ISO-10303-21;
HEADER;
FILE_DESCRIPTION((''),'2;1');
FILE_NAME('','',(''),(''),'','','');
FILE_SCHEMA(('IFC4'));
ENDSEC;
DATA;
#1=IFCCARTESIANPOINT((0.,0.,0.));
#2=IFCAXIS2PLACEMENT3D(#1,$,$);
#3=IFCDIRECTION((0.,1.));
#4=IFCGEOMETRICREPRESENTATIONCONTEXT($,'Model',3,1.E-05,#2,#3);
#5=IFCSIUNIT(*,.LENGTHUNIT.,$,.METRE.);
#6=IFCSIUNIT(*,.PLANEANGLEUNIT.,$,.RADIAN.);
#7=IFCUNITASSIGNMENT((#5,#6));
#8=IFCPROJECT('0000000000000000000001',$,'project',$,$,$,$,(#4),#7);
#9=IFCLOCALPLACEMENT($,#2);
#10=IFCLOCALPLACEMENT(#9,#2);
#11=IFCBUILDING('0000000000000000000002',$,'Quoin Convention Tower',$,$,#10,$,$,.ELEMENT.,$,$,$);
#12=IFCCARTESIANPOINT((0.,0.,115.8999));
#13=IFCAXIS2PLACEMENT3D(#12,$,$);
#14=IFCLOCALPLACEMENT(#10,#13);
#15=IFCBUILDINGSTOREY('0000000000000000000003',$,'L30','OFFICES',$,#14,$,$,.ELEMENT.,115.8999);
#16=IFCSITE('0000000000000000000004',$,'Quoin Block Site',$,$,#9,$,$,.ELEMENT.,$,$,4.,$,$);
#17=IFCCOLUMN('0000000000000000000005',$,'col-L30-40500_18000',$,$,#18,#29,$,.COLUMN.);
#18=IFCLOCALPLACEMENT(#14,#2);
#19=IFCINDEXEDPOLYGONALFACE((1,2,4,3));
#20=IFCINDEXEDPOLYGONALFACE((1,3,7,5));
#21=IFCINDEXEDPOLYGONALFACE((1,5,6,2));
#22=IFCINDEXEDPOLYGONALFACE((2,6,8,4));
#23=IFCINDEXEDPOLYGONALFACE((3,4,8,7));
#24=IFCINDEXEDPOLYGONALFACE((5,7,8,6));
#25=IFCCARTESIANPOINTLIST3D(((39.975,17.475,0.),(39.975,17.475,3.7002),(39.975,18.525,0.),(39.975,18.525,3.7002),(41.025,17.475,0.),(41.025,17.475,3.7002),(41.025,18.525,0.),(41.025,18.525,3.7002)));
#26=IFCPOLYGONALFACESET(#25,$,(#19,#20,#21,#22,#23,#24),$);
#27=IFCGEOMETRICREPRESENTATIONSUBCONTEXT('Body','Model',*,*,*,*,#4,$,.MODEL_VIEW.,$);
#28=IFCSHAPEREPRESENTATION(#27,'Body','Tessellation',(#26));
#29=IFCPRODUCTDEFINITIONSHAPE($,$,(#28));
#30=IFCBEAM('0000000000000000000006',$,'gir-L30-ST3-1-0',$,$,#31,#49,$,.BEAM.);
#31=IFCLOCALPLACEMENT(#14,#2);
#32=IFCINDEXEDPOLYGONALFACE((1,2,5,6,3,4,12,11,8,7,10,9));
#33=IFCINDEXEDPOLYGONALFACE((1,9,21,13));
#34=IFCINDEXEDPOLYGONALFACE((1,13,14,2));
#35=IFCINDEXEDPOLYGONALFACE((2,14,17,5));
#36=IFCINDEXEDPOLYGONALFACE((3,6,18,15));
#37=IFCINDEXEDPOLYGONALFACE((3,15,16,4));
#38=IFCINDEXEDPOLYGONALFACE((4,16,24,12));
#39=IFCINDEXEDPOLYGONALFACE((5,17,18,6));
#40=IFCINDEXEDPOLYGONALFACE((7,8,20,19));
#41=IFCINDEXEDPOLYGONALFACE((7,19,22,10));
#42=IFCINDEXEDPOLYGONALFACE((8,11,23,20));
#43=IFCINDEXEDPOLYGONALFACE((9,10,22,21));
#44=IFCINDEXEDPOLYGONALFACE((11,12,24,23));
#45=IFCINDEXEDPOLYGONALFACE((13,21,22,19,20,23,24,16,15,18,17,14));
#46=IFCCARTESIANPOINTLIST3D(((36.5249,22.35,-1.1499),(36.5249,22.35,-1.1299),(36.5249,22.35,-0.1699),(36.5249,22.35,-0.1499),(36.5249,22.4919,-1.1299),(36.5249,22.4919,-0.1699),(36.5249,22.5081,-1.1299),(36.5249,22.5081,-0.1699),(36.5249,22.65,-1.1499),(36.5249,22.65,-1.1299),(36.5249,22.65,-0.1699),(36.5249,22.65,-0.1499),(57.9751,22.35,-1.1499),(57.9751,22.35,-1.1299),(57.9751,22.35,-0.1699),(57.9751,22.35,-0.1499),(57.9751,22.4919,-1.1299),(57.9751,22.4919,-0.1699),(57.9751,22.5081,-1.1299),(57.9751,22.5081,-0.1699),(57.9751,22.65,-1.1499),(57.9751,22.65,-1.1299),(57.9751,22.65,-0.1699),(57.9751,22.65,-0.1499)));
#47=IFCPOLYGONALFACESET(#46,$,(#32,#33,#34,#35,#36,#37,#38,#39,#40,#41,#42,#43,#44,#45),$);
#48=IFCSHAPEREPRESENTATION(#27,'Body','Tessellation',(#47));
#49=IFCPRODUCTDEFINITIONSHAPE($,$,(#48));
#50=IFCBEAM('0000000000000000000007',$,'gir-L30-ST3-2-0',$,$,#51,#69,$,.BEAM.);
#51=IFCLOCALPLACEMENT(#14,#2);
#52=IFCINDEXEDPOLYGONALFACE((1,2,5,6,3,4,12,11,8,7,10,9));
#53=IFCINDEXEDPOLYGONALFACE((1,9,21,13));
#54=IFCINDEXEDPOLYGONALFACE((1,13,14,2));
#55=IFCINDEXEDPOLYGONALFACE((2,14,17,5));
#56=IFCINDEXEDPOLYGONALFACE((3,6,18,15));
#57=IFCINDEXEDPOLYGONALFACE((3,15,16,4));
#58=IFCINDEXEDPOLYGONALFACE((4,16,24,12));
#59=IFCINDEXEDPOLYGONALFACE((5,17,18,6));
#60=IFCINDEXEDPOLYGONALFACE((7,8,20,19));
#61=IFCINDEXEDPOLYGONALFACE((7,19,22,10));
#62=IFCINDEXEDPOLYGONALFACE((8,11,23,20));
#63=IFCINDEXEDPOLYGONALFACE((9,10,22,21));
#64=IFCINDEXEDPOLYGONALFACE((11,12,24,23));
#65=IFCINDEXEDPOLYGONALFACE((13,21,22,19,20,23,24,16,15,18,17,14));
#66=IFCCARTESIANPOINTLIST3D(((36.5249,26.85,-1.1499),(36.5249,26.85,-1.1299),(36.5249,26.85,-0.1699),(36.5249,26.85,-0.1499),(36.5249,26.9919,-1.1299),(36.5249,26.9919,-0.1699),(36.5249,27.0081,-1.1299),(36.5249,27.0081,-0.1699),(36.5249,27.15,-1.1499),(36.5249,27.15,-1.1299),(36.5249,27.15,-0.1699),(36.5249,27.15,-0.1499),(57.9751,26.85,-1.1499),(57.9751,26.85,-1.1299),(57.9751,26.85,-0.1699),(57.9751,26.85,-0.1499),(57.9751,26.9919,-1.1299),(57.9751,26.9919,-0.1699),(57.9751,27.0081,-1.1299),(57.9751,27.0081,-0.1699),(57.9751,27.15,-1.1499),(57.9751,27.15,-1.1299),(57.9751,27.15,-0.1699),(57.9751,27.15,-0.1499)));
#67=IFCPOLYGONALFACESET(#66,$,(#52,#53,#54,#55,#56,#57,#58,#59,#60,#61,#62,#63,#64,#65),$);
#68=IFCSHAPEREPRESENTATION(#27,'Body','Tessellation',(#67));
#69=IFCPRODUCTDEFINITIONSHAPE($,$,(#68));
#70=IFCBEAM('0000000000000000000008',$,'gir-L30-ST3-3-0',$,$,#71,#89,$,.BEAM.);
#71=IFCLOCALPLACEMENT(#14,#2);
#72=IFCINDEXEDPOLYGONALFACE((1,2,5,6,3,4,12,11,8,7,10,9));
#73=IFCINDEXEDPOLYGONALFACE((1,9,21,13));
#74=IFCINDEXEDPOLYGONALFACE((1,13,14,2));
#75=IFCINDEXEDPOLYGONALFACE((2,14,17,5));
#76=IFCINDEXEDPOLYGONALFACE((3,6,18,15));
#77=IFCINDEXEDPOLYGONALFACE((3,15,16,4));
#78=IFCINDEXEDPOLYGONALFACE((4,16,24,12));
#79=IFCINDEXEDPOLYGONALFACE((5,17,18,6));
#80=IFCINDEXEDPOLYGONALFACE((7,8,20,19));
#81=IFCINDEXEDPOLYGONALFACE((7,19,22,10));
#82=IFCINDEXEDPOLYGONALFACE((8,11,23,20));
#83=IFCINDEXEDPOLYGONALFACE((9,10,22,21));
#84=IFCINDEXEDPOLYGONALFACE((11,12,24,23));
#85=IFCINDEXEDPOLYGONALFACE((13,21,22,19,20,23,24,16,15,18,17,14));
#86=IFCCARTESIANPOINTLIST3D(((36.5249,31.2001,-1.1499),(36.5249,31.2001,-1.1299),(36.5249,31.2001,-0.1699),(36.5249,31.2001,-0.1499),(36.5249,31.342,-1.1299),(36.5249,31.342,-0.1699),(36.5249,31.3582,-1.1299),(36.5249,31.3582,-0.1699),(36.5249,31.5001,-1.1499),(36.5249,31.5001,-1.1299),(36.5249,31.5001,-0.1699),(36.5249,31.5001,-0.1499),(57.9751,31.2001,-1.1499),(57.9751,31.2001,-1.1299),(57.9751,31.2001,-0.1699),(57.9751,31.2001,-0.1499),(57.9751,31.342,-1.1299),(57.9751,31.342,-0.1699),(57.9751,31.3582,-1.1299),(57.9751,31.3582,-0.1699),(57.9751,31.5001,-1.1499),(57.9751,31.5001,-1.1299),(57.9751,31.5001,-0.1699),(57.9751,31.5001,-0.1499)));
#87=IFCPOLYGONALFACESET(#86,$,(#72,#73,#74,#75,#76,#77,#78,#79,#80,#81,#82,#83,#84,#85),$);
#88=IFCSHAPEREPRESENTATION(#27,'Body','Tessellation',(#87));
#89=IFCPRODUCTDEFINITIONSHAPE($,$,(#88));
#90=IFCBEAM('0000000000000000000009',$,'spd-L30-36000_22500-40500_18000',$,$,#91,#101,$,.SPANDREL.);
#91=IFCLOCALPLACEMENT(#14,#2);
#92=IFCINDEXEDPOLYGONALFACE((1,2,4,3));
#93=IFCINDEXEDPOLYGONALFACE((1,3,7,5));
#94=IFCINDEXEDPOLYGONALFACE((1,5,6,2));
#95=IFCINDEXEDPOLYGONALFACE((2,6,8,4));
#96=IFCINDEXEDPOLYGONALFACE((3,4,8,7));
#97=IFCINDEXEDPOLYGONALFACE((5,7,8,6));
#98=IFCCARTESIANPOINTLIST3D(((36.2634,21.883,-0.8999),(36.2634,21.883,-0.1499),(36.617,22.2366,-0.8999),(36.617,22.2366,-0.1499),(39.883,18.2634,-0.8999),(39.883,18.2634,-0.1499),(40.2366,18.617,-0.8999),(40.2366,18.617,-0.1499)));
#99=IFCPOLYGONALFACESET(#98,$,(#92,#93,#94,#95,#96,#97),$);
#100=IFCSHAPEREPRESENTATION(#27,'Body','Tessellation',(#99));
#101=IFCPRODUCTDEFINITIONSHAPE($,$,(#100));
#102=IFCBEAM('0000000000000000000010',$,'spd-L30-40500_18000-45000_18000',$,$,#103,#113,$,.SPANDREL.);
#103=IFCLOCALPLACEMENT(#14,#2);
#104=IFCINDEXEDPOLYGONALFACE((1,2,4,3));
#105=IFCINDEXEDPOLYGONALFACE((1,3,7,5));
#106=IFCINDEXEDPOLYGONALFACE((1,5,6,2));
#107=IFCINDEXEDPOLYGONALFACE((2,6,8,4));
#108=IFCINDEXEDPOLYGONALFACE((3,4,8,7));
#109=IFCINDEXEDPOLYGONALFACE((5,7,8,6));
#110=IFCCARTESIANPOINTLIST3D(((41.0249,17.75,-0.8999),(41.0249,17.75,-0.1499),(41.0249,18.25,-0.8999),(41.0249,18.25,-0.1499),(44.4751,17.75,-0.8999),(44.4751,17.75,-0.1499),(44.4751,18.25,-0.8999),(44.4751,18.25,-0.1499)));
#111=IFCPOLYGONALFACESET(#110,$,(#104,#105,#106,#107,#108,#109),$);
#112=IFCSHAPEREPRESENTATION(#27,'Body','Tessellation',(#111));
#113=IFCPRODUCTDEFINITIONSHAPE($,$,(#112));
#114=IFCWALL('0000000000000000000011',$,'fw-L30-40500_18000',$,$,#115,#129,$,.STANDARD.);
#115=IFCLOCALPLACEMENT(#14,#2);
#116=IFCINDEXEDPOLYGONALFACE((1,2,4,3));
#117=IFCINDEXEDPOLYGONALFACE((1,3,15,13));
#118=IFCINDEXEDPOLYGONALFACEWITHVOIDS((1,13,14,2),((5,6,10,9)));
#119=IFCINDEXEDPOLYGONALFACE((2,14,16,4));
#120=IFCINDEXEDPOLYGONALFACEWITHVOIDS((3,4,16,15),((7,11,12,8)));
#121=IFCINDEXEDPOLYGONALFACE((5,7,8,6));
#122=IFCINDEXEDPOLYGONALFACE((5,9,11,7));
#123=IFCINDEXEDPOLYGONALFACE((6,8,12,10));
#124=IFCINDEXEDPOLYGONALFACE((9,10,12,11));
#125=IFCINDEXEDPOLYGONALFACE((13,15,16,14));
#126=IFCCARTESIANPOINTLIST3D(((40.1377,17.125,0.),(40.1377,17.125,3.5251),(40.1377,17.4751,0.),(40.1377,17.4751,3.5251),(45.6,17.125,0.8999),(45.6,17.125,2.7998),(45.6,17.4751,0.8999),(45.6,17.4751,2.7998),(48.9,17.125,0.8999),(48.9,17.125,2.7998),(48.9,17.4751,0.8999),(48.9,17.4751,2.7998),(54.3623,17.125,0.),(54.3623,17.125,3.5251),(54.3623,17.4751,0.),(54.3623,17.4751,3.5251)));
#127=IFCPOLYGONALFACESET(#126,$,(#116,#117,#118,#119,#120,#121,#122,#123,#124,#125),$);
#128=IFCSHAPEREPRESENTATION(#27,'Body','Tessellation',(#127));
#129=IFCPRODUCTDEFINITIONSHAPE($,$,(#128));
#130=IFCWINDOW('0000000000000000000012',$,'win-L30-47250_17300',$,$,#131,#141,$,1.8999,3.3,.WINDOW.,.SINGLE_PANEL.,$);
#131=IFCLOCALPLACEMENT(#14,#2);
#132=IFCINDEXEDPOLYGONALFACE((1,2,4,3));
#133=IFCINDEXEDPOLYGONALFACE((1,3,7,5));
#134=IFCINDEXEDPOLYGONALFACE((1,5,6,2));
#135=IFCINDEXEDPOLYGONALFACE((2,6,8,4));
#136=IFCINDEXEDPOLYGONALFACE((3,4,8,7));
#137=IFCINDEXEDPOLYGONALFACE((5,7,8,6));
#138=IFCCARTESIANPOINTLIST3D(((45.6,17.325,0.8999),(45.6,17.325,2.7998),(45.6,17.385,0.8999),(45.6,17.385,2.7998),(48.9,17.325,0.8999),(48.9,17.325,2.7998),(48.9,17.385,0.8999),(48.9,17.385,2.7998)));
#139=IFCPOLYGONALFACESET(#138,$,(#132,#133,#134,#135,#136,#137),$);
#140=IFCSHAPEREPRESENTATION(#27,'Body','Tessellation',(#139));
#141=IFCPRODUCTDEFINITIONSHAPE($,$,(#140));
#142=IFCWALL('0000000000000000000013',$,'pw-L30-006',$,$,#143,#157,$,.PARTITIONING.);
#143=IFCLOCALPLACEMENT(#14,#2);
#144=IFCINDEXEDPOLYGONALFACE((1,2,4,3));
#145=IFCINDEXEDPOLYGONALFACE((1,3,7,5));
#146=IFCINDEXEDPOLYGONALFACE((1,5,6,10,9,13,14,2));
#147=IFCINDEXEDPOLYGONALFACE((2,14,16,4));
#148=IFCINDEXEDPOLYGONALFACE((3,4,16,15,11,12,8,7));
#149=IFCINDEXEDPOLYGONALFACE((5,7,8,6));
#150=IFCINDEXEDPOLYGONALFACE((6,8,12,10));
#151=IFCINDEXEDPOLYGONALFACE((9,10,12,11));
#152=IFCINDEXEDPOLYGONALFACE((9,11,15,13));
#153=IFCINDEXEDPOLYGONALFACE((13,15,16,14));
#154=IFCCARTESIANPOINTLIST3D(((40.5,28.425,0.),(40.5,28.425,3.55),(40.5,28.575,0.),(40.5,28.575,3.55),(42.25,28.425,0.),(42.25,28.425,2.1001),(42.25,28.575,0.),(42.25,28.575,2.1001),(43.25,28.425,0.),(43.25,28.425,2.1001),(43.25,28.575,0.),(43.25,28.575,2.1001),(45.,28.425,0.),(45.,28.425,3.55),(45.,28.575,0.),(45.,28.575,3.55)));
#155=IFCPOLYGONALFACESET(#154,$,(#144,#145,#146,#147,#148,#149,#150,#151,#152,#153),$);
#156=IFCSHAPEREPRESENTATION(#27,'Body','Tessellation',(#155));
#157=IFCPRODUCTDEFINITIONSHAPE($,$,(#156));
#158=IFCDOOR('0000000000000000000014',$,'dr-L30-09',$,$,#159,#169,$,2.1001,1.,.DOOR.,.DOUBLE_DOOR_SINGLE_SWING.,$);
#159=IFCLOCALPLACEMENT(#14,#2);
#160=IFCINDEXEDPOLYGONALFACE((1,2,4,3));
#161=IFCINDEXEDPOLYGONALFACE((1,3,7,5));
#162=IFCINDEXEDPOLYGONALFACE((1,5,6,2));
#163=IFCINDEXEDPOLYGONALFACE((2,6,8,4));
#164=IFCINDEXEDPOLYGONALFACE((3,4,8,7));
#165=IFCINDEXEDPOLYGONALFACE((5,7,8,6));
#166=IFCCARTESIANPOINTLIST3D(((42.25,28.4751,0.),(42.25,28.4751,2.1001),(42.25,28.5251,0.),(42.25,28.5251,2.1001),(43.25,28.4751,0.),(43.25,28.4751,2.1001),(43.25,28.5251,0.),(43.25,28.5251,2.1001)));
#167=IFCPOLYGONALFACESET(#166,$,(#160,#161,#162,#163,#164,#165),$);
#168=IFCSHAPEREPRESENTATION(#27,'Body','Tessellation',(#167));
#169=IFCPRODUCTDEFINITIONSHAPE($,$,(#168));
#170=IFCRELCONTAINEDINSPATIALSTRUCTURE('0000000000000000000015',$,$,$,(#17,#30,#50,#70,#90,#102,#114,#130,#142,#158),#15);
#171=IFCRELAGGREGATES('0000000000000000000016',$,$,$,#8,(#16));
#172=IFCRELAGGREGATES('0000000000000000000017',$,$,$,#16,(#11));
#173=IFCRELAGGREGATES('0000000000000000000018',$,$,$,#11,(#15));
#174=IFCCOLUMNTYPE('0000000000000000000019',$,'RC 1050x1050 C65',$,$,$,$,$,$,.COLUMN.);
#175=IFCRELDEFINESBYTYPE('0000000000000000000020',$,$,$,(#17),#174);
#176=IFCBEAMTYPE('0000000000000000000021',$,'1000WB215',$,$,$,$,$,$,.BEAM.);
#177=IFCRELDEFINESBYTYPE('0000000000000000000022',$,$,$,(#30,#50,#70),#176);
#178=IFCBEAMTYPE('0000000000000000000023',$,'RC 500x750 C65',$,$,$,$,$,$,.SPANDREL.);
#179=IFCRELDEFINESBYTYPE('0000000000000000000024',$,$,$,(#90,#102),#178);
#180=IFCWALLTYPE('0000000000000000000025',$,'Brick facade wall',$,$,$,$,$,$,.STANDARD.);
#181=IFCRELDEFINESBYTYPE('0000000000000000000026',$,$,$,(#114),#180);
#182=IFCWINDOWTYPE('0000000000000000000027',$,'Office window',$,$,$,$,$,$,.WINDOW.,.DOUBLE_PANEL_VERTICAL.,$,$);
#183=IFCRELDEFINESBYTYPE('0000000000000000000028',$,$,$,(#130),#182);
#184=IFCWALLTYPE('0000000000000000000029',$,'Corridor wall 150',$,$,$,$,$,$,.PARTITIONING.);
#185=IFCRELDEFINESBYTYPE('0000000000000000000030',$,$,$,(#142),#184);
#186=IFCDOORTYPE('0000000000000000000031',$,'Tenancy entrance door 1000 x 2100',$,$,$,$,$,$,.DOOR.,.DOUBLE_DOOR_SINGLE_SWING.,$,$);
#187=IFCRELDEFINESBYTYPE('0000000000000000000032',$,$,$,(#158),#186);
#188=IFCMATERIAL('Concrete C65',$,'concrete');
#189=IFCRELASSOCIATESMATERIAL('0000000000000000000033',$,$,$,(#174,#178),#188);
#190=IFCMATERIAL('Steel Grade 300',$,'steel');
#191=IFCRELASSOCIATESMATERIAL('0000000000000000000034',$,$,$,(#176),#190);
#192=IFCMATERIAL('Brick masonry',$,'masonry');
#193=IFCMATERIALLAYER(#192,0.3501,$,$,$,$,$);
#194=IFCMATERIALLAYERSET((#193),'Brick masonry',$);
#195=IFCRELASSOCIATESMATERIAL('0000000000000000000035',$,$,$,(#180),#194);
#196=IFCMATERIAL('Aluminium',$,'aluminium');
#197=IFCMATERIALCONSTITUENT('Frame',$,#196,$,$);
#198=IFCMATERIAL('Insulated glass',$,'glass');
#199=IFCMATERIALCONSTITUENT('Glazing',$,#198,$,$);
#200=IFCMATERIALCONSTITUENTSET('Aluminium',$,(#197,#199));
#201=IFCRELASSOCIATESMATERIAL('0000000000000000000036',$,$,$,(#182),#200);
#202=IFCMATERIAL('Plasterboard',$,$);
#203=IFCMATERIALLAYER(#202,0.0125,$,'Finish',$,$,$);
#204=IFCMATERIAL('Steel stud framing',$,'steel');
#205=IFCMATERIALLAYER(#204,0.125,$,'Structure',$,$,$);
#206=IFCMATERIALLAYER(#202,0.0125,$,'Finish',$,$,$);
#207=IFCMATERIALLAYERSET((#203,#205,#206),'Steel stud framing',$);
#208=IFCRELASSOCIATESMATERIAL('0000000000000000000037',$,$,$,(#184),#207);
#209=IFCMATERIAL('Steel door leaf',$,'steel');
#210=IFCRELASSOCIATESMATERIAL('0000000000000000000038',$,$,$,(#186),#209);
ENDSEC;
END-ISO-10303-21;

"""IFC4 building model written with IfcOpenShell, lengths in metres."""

from ifc_helpers import new_model, si_unit, direction, frame, frame_2d, origin, origin_2d, place, context, subcontext, project, spatial, rectangle, i_section, extrude, material, layer, layer_set, constituent, constituent_set, material_profile, profile_set, type_object, element, fill, save


model = new_model("IFC4")

# Units and contexts
model_context = context("Model", 3, precision=1e-05, world=origin(), true_north=direction((0.0, 1.0)))
body_context = subcontext(model_context, "Body", "Model", "MODEL_VIEW")
ifc_project = project(units=[si_unit("LENGTHUNIT", "METRE"), si_unit("PLANEANGLEUNIT", "RADIAN")], contexts=[model_context])

# Site, building, storey
site_placement = place(None, origin())
site = spatial("IfcSite", under=ifc_project, at=site_placement, Name="Quoin Block Site", CompositionType="ELEMENT", RefElevation=4.0)
building_placement = place(site_placement, origin())
building = spatial("IfcBuilding", under=site, at=building_placement, Name="Quoin Convention Tower", CompositionType="ELEMENT")
storey_placement = place(building_placement, frame((0.0, 0.0, 115.8999)))
storey = spatial("IfcBuildingStorey", under=building, at=storey_placement, Name="L30", Description="OFFICES", CompositionType="ELEMENT", Elevation=115.8999)

# Column
ifc_material_1 = material(Name="Concrete C65", Category="concrete")
ifc_material_profile_1 = material_profile(ifc_material_1, rectangle(XDim=1.05, YDim=1.05, at=origin_2d()), Name="RC 1050x1050")
ifc_profile_set_1 = profile_set([ifc_material_profile_1], Name="Concrete C65")
column_type = type_object("IfcColumnType", Name="RC 1050x1050 C65", PredefinedType="COLUMN", material=ifc_profile_set_1)
column_placement = place(storey_placement, frame((40.5, 18.0, 0.0), z_axis=(0.0, 0.0, 1.0), x_axis=(1.0, 0.0, 0.0)))
element("IfcColumn", 1, at=column_placement, inside=storey, type_object=column_type, Name="col-L30-40500_18000", PredefinedType="COLUMN", context=body_context, shape_type="SweptSolid", body=[
    extrude(rectangle(XDim=1.05, YDim=1.05, at=origin_2d()), origin(), (0.0, 0.0, 1.0), 3.7002),
])

# Beams
ifc_material_2 = material(Name="Steel Grade 300", Category="steel")
ifc_material_profile_2 = material_profile(ifc_material_2, i_section(OverallWidth=0.3, OverallDepth=1.0, WebThickness=0.0161, FlangeThickness=0.02, at=origin_2d()), Name="1000WB215")
ifc_profile_set_2 = profile_set([ifc_material_profile_2], Name="Steel Grade 300")
beam_type_1 = type_object("IfcBeamType", Name="1000WB215", PredefinedType="BEAM", material=ifc_profile_set_2)
for number, where, z_axis, x_axis, name in (
    (2, (36.5249, 22.5, -0.6499), (1.0, 0.0, 0.0), (0.0, 1.0, 0.0), "gir-L30-ST3-1-0"),
    (3, (36.5249, 27.0, -0.6499), (1.0, 0.0, 0.0), (0.0, 1.0, 0.0), "gir-L30-ST3-2-0"),
    (4, (36.5249, 31.3501, -0.6499), (1.0, 0.0, 0.0), (0.0, 1.0, 0.0), "gir-L30-ST3-3-0"),
):
    element("IfcBeam", number, at=place(storey_placement, frame(where, z_axis=z_axis, x_axis=x_axis)), inside=storey, type_object=beam_type_1, Name=name, PredefinedType="BEAM", context=body_context, shape_type="SweptSolid", body=[
        extrude(i_section(OverallWidth=0.3, OverallDepth=1.0, WebThickness=0.0161, FlangeThickness=0.02, at=origin_2d()), origin(), (0.0, 0.0, 1.0), 21.4502),
    ])
ifc_material_profile_3 = material_profile(ifc_material_1, rectangle(XDim=0.5, YDim=0.75, at=origin_2d()), Name="RC 500x750")
ifc_profile_set_3 = profile_set([ifc_material_profile_3], Name="Concrete C65")
beam_type_2 = type_object("IfcBeamType", Name="RC 500x750 C65", PredefinedType="SPANDREL", material=ifc_profile_set_3)
beam_1_placement = place(storey_placement, frame((36.4402, 22.0598, -0.5249), z_axis=(0.707107, -0.707107, 0.0), x_axis=(0.707107, 0.707107, 0.0)))
element("IfcBeam", 5, at=beam_1_placement, inside=storey, type_object=beam_type_2, Name="spd-L30-36000_22500-40500_18000", PredefinedType="SPANDREL", context=body_context, shape_type="SweptSolid", body=[
    extrude(rectangle(XDim=0.5, YDim=0.75, at=origin_2d()), origin(), (0.0, 0.0, 1.0), 5.1189),
])
beam_2_placement = place(storey_placement, frame((41.0249, 18.0, -0.5249), z_axis=(1.0, 0.0, 0.0), x_axis=(0.0, 1.0, 0.0)))
element("IfcBeam", 6, at=beam_2_placement, inside=storey, type_object=beam_type_2, Name="spd-L30-40500_18000-45000_18000", PredefinedType="SPANDREL", context=body_context, shape_type="SweptSolid", body=[
    extrude(rectangle(XDim=0.5, YDim=0.75, at=origin_2d()), origin(), (0.0, 0.0, 1.0), 3.4502),
])

# Wall, opening, window
ifc_material_3 = material(Name="Brick masonry", Category="masonry")
ifc_layer_1 = layer(ifc_material_3, 0.3501)
ifc_layer_set_1 = layer_set([ifc_layer_1], Name="Brick masonry")
wall_type_1 = type_object("IfcWallType", Name="Brick facade wall", PredefinedType="STANDARD", material=ifc_layer_set_1)
wall_1_placement = place(storey_placement, frame((40.1377, 17.3, 0.0), z_axis=(0.0, 0.0, 1.0), x_axis=(1.0, 0.0, 0.0)))
wall_1 = element("IfcWall", 7, at=wall_1_placement, inside=storey, type_object=wall_type_1, Name="fw-L30-40500_18000", PredefinedType="STANDARD", context=body_context, shape_type="SweptSolid", body=[
    extrude(rectangle(XDim=14.2246, YDim=0.3501, at=frame_2d((7.1123, 0.0))), origin(), (0.0, 0.0, 1.0), 3.5251),
])
opening_1_placement = place(wall_1_placement, frame((5.4624, 0.0, 0.8999)))
opening_1 = element("IfcOpeningElement", 8, at=opening_1_placement, cuts=wall_1, PredefinedType="OPENING", context=body_context, shape_type="SweptSolid", body=[
    extrude(rectangle(XDim=3.3, YDim=1.8999, at=frame_2d((1.6499, 0.95))), frame((0.0, 0.1851, 0.0), z_axis=(0.0, -1.0, 0.0), x_axis=(1.0, 0.0, 0.0)), (0.0, 0.0, 1.0), 0.3701),
])
ifc_material_4 = material(Name="Aluminium", Category="aluminium")
ifc_constituent_1 = constituent(ifc_material_4, Name="Frame")
ifc_material_5 = material(Name="Insulated glass", Category="glass")
ifc_constituent_2 = constituent(ifc_material_5, Name="Glazing")
ifc_constituent_set = constituent_set(constituents=[ifc_constituent_1, ifc_constituent_2], Name="Aluminium")
window_type = type_object("IfcWindowType", Name="Office window", PartitioningType="DOUBLE_PANEL_VERTICAL", PredefinedType="WINDOW", material=ifc_constituent_set)
window_placement = place(opening_1_placement, origin())
window = element("IfcWindow", 9, at=window_placement, inside=storey, type_object=window_type, Name="win-L30-47250_17300", OverallHeight=1.8999, OverallWidth=3.3, PartitioningType="SINGLE_PANEL", PredefinedType="WINDOW", context=body_context, shape_type="SweptSolid", body=[
    extrude(rectangle(XDim=3.3, YDim=1.8999, at=frame_2d((1.6499, 0.95))), frame((0.0, 0.085, 0.0), z_axis=(0.0, -1.0, 0.0), x_axis=(1.0, 0.0, 0.0)), (0.0, 0.0, 1.0), 0.0601),
])
fill(opening_1, window)

# Wall, opening, door
ifc_material_6 = material(Name="Plasterboard")
ifc_layer_2 = layer(ifc_material_6, 0.0125, Name="Finish")
ifc_material_7 = material(Name="Steel stud framing", Category="steel")
ifc_layer_3 = layer(ifc_material_7, 0.125, Name="Structure")
ifc_layer_4 = layer(ifc_material_6, 0.0125, Name="Finish")
ifc_layer_set_2 = layer_set([ifc_layer_2, ifc_layer_3, ifc_layer_4], Name="Steel stud framing")
wall_type_2 = type_object("IfcWallType", Name="Corridor wall 150", PredefinedType="PARTITIONING", material=ifc_layer_set_2)
wall_2_placement = place(storey_placement, frame((40.5, 28.5, 0.0), z_axis=(0.0, 0.0, 1.0), x_axis=(1.0, 0.0, 0.0)))
wall_2 = element("IfcWall", 10, at=wall_2_placement, inside=storey, type_object=wall_type_2, Name="pw-L30-006", PredefinedType="PARTITIONING", context=body_context, shape_type="SweptSolid", body=[
    extrude(rectangle(XDim=4.5, YDim=0.1499, at=frame_2d((2.25, 0.0))), origin(), (0.0, 0.0, 1.0), 3.55),
])
opening_2_placement = place(wall_2_placement, frame((1.75, 0.0, 0.0)))
opening_2 = element("IfcOpeningElement", 11, at=opening_2_placement, cuts=wall_2, PredefinedType="OPENING", context=body_context, shape_type="SweptSolid", body=[
    extrude(rectangle(XDim=1.0, YDim=2.1001, at=frame_2d((0.5, 1.05))), frame((0.0, 0.085, 0.0), z_axis=(0.0, -1.0, 0.0), x_axis=(1.0, 0.0, 0.0)), (0.0, 0.0, 1.0), 0.1699),
])
ifc_material_8 = material(Name="Steel door leaf", Category="steel")
door_type_1 = type_object("IfcDoorType", Name="Tenancy entrance door 1000 x 2100", OperationType="DOUBLE_DOOR_SINGLE_SWING", PredefinedType="DOOR", material=ifc_material_8)
door_1_placement = place(opening_2_placement, frame((1.0, 0.0, 0.0), z_axis=(0.0, 0.0, 1.0), x_axis=(-1.0, 0.0, 0.0)))
door_1 = element("IfcDoor", 12, at=door_1_placement, inside=storey, type_object=door_type_1, Name="dr-L30-09", OperationType="DOUBLE_DOOR_SINGLE_SWING", OverallHeight=2.1001, OverallWidth=1.0, PredefinedType="DOOR", context=body_context, shape_type="SweptSolid", body=[
    extrude(rectangle(XDim=1.0, YDim=2.1001, at=frame_2d((0.5, 1.05))), frame((0.0, 0.0249, 0.0), z_axis=(0.0, -1.0, 0.0), x_axis=(1.0, 0.0, 0.0)), (0.0, 0.0, 1.0), 0.05),
])
fill(opening_2, door_1)

save(model, "model.ifc")
